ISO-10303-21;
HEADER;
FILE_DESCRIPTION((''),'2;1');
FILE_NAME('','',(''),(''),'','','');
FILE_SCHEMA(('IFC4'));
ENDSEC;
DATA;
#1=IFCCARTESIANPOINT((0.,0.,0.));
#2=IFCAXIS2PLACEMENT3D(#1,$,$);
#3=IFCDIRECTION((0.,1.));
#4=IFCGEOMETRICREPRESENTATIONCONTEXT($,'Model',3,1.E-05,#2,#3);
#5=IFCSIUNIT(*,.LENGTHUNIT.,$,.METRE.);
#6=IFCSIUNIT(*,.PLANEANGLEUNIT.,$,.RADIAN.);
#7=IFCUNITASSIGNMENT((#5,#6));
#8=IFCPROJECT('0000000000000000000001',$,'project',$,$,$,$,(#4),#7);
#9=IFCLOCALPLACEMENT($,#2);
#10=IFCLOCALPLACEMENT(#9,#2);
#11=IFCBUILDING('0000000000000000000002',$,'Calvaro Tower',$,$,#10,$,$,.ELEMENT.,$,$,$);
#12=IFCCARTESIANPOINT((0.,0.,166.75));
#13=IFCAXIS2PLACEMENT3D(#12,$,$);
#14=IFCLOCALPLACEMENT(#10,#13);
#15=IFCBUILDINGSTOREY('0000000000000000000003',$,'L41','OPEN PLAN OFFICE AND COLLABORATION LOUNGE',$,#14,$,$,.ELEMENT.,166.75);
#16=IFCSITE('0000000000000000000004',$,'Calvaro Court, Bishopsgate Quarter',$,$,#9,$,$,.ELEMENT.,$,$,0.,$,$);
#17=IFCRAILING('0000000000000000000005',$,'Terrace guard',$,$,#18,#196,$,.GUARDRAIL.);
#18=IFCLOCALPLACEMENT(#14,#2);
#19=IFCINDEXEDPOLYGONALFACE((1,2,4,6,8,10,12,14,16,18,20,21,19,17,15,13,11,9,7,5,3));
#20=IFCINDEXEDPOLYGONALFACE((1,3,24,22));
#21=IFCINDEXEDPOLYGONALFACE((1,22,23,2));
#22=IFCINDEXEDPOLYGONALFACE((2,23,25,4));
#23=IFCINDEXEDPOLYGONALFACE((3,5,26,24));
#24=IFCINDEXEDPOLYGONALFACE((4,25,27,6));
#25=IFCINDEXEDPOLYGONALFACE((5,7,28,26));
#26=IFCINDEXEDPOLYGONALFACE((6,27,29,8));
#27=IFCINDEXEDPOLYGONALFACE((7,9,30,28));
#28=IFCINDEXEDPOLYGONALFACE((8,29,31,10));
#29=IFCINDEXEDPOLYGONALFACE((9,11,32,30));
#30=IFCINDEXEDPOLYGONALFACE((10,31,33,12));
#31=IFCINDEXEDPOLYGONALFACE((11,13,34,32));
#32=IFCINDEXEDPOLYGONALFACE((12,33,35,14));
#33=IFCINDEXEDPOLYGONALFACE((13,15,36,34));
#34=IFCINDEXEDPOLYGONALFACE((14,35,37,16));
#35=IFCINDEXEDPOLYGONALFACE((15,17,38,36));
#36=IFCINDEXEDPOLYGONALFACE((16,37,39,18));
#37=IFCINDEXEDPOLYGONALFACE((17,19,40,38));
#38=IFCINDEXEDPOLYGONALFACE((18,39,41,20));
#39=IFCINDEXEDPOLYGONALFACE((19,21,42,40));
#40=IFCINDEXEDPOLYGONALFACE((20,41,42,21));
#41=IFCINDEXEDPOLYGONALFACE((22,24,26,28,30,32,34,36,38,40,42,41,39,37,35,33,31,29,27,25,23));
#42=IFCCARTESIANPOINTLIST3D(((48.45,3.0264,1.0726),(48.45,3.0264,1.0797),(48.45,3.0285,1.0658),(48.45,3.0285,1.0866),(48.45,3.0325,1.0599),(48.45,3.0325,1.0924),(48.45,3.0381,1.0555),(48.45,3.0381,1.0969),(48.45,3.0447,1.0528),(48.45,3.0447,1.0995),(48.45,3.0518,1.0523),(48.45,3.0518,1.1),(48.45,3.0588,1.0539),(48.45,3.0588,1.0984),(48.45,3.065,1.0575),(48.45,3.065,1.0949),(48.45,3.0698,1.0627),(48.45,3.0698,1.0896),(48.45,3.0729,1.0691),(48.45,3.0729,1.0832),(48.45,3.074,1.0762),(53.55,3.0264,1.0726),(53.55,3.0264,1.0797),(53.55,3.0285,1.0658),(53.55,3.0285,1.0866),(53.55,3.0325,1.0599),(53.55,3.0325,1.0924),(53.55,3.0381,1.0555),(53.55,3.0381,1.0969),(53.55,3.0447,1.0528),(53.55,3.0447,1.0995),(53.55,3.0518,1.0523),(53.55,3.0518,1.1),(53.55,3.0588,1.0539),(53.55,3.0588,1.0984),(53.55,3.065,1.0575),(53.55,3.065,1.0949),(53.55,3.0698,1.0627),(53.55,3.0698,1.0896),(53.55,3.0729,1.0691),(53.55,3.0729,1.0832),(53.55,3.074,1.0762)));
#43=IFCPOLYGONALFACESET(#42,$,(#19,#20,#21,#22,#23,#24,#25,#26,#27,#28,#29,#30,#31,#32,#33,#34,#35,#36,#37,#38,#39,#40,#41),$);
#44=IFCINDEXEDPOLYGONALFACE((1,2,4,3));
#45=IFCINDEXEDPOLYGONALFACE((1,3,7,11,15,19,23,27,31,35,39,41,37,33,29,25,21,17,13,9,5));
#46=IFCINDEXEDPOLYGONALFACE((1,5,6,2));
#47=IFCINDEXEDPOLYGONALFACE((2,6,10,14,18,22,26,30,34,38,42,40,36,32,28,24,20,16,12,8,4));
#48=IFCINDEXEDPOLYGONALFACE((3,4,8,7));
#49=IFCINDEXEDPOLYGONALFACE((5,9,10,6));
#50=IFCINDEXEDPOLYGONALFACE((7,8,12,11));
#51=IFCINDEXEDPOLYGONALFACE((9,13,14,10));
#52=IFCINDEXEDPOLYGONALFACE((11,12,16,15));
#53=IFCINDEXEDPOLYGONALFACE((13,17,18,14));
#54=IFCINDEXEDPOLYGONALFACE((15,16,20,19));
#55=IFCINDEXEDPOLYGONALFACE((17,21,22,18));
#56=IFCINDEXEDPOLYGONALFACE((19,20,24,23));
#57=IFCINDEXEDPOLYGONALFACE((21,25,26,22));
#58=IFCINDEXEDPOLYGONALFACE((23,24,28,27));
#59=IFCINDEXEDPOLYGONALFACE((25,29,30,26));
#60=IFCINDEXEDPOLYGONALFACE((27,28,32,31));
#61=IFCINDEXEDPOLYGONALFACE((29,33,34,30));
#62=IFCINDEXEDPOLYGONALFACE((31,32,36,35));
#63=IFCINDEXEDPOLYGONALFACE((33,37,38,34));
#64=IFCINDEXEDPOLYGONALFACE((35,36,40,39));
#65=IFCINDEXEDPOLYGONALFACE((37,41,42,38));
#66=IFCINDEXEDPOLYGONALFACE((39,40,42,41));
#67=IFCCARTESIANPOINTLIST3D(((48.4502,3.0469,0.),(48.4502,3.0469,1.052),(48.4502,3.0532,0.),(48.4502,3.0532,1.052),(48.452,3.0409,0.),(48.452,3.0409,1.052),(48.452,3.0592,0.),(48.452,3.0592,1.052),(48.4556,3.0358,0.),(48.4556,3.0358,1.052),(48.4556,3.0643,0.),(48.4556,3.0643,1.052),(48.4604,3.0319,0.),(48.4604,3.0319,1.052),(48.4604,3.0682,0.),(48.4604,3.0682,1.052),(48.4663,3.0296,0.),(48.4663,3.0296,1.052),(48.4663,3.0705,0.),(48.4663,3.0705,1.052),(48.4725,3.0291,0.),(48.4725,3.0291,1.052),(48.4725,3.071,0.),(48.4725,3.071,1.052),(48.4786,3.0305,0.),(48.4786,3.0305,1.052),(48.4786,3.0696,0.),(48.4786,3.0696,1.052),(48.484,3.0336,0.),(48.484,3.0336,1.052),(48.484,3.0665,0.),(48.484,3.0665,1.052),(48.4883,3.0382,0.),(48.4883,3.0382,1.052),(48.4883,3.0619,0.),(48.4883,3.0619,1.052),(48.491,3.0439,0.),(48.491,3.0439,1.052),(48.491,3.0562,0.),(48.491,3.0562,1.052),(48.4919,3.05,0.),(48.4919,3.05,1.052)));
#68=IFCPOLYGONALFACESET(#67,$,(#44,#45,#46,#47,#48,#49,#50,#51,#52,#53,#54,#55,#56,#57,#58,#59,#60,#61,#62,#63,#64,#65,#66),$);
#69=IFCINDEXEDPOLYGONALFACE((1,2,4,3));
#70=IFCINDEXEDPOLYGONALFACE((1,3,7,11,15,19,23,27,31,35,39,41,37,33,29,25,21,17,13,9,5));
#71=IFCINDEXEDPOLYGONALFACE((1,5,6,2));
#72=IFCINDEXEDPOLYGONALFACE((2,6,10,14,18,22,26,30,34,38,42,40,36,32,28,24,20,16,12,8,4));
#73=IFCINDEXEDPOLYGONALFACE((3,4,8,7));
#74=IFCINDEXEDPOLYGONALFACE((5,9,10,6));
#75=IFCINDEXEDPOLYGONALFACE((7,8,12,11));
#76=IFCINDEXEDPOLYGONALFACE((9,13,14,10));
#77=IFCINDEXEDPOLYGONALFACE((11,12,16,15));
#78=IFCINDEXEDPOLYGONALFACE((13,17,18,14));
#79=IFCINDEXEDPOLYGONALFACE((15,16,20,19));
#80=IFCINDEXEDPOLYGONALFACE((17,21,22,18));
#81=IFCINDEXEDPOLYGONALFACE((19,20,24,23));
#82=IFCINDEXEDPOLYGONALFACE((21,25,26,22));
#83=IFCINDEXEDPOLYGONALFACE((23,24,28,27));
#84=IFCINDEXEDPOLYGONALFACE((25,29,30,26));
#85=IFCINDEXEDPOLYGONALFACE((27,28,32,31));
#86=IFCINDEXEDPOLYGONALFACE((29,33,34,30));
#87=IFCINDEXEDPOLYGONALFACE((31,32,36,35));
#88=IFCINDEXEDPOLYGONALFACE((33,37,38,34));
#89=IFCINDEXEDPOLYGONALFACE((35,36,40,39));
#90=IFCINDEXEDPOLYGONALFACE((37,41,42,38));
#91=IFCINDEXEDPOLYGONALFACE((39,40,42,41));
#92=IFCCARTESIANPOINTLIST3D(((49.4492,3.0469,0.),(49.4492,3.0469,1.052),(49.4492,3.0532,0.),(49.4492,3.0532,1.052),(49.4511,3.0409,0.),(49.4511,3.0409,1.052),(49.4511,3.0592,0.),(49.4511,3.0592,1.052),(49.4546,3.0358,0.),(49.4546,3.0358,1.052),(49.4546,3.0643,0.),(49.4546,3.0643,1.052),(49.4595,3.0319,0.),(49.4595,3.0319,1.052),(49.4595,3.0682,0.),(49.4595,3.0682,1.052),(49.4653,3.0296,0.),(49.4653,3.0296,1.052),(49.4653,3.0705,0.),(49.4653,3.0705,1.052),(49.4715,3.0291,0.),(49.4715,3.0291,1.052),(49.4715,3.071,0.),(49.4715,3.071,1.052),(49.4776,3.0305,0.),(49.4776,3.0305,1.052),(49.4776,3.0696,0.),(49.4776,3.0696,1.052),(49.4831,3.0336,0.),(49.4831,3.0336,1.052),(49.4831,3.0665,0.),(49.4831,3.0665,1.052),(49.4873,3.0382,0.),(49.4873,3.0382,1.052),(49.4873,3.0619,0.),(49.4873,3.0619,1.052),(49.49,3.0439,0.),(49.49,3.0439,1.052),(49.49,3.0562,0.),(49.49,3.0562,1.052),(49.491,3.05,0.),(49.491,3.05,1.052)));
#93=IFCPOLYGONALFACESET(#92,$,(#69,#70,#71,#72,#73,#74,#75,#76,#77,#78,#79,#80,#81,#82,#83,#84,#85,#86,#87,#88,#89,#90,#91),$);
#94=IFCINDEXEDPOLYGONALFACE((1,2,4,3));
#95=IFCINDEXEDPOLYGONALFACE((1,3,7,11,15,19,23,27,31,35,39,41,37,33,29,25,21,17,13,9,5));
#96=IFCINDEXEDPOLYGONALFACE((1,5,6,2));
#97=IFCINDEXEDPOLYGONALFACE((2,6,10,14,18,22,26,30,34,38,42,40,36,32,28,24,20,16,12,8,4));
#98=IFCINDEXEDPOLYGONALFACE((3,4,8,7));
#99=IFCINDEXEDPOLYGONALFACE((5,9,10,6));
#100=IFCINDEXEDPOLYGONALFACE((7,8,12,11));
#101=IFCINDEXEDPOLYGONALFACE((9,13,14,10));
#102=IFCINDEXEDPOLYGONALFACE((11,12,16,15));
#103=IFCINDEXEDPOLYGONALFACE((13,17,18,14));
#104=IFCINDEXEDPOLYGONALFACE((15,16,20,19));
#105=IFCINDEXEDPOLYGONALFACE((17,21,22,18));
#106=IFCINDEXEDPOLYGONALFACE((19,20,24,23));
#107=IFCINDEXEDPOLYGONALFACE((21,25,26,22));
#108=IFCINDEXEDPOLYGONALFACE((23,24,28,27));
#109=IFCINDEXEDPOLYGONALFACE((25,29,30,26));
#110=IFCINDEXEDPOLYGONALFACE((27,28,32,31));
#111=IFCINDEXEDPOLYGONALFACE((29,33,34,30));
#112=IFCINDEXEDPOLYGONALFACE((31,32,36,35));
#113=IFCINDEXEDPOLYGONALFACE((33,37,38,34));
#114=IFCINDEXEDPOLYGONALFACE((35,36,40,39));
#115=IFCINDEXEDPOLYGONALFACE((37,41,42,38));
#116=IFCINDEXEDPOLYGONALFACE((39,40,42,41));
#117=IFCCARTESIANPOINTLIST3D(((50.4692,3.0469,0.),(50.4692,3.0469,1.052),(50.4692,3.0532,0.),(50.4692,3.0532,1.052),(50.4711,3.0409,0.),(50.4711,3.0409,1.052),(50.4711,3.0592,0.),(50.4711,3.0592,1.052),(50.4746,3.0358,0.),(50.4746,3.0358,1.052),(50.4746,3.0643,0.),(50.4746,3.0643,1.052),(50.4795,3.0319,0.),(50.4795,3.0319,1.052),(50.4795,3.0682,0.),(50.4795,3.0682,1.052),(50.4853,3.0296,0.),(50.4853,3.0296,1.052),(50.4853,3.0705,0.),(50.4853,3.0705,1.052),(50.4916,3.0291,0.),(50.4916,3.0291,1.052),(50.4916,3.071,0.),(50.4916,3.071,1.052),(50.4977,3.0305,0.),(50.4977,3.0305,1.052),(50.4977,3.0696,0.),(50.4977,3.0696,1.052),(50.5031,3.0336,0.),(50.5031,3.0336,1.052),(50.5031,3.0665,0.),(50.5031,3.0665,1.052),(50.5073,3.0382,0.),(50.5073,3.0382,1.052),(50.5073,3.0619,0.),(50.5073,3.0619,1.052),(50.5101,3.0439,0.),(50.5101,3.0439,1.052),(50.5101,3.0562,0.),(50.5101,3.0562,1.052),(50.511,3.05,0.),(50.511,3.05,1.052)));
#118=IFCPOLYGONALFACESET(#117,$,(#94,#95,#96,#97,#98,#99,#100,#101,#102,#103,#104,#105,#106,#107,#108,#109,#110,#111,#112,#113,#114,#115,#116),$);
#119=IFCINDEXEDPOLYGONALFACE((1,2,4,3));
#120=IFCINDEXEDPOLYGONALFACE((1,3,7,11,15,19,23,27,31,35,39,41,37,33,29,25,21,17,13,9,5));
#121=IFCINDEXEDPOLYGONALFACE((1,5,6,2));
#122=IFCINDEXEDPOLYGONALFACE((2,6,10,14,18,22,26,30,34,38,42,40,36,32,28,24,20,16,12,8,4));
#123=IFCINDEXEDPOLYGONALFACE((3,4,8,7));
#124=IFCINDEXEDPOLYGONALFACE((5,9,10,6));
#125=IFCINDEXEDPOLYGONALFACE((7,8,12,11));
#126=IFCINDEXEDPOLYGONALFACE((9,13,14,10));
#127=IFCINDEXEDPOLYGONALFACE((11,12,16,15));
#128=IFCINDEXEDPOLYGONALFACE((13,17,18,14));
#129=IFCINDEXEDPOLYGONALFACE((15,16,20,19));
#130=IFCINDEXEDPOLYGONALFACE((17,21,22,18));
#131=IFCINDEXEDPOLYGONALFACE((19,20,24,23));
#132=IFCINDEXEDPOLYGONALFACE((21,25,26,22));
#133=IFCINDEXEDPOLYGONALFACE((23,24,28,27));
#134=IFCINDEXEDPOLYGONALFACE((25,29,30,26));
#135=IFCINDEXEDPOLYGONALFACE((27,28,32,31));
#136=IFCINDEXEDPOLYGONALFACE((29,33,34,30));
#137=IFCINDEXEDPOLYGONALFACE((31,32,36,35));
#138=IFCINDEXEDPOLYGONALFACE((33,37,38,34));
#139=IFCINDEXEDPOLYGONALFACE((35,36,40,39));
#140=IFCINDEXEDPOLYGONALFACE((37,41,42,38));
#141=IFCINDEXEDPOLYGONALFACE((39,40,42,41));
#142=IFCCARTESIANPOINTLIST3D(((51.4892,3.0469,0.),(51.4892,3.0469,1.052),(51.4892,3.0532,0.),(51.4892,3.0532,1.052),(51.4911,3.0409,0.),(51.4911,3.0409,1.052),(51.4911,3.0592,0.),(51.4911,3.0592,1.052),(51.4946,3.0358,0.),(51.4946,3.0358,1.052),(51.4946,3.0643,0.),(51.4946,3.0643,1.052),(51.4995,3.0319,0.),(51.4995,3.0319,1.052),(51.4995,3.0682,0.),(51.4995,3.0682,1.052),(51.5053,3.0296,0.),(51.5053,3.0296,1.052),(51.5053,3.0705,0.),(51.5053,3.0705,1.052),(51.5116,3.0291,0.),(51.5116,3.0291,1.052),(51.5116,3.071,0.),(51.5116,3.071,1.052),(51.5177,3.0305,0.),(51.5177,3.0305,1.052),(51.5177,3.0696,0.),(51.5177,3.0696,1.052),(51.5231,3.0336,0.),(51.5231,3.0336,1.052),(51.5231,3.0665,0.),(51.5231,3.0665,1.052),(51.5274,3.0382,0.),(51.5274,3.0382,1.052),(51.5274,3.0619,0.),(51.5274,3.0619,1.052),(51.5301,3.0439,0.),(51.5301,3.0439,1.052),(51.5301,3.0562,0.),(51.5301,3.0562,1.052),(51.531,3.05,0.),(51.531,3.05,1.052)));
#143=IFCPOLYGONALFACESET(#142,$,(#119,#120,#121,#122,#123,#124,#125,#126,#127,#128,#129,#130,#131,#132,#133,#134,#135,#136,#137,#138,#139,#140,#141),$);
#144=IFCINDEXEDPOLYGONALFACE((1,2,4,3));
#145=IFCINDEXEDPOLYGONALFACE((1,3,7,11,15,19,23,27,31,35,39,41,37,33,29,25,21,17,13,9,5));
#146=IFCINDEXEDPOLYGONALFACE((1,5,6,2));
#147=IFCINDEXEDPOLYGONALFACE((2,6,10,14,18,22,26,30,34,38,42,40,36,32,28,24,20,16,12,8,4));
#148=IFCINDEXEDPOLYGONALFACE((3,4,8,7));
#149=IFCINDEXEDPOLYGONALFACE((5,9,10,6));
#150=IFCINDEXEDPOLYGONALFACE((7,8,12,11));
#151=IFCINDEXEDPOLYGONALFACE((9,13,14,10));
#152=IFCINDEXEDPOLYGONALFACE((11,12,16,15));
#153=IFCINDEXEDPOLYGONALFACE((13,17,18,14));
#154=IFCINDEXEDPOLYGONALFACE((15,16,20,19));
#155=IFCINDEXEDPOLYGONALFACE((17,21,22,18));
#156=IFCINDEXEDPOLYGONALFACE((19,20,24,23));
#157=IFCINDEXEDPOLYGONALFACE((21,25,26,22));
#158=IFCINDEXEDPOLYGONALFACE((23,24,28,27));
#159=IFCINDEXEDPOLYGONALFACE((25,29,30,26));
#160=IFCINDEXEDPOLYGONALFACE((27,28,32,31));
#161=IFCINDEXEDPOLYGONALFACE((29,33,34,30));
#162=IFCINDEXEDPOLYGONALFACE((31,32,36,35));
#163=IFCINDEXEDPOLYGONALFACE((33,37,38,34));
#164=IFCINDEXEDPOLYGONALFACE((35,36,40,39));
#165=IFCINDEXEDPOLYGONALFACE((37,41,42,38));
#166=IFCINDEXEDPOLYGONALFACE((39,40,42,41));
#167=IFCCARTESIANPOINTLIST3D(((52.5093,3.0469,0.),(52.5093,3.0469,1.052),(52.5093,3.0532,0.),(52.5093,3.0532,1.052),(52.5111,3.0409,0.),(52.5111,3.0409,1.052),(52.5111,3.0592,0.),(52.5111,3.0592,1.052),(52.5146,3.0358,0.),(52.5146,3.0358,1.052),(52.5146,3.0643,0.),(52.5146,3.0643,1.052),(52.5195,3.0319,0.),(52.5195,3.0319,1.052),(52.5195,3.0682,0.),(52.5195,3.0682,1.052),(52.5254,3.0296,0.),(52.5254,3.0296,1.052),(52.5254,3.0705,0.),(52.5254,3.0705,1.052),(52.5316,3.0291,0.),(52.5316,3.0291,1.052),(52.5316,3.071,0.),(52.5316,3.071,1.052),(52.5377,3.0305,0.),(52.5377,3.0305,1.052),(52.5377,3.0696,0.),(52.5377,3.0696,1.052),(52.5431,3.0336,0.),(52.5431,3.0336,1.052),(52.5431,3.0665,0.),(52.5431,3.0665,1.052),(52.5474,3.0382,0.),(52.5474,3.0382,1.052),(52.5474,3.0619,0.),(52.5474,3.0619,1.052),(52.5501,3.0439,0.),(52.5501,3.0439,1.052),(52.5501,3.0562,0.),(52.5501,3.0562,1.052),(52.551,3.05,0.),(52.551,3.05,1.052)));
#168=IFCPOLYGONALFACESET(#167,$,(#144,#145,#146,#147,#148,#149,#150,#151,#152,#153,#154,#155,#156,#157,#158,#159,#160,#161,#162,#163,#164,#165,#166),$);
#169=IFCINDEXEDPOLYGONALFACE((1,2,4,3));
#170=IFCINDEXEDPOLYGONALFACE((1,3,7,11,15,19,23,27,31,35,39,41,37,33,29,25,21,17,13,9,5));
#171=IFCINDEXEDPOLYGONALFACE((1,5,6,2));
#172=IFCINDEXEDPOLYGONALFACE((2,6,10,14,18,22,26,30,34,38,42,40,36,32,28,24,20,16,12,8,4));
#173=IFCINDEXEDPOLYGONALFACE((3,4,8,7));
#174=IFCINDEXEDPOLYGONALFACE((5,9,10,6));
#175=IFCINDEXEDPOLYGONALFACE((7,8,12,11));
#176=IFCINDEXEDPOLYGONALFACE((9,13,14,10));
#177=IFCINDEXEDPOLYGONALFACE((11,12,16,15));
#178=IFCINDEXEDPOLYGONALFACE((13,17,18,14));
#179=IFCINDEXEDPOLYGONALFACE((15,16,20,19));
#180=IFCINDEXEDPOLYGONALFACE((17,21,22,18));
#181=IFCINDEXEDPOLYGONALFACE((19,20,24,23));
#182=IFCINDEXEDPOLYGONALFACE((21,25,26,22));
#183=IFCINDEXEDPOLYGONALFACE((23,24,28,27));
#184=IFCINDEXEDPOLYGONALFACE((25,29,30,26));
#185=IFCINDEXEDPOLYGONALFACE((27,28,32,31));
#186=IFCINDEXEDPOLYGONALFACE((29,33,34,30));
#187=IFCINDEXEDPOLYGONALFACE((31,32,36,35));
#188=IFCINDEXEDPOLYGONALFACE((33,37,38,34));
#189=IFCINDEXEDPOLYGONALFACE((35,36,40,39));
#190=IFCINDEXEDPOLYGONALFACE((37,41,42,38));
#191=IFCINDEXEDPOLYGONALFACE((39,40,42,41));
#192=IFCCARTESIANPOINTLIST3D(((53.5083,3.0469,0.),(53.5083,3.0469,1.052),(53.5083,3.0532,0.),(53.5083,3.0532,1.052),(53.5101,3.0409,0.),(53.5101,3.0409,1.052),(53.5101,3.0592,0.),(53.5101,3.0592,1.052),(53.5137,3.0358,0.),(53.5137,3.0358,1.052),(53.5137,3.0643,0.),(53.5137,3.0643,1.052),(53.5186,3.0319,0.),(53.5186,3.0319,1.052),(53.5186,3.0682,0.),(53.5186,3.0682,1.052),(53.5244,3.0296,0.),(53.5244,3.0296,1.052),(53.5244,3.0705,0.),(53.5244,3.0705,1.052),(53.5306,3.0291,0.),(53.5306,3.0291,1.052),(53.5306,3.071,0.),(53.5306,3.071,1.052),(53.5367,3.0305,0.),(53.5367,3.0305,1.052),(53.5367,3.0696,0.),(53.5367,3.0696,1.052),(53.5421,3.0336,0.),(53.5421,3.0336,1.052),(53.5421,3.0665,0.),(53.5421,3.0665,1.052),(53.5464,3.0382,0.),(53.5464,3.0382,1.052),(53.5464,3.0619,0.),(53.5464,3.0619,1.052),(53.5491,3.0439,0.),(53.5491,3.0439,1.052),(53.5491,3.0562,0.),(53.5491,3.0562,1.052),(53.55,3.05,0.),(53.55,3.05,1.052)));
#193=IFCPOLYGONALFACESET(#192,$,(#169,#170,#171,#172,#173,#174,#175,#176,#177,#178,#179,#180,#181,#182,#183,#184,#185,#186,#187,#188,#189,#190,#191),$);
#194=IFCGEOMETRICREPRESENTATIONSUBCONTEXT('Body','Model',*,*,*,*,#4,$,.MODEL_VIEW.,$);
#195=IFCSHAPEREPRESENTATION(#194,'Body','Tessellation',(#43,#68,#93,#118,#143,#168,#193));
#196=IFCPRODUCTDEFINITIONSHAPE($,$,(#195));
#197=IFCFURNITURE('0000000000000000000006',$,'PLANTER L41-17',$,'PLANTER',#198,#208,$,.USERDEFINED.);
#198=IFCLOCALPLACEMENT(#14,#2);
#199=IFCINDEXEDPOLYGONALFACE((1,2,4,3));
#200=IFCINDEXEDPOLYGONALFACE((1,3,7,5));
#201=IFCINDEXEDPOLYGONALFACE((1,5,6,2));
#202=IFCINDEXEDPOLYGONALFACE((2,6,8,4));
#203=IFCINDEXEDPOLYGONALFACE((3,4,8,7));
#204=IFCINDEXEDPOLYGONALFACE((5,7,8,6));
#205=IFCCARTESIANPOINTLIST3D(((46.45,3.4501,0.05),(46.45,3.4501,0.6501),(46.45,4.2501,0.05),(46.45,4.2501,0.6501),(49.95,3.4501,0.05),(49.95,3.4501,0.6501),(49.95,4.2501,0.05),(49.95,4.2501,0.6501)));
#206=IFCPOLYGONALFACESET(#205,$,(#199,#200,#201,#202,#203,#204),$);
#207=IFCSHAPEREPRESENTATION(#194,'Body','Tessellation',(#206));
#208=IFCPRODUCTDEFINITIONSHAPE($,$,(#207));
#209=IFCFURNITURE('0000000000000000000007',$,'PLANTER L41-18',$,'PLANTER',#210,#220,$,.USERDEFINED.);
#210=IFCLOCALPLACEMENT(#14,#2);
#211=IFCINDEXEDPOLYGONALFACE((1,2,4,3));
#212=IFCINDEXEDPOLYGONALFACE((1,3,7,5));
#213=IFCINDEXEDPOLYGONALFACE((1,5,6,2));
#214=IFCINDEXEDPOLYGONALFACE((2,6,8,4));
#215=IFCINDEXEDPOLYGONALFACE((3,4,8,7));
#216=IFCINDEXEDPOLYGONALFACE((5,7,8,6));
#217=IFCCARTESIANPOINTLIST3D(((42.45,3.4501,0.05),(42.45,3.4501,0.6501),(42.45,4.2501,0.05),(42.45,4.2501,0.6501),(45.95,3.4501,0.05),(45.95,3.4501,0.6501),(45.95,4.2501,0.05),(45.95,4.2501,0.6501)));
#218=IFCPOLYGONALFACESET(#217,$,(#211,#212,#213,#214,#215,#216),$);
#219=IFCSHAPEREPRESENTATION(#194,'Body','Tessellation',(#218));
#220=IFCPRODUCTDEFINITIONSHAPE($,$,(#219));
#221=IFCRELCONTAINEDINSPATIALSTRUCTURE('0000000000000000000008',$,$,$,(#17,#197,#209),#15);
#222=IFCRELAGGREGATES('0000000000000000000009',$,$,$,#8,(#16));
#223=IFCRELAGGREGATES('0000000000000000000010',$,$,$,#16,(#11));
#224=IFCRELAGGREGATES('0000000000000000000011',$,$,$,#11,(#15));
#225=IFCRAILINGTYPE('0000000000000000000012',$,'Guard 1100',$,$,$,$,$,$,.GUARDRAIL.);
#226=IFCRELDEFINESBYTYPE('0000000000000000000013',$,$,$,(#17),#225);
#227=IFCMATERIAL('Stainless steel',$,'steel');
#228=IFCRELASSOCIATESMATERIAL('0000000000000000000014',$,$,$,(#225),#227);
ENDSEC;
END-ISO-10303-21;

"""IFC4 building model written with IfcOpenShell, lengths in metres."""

from ifc_helpers import new_model, si_unit, direction, frame, origin, origin_2d, place, context, subcontext, project, spatial, rectangle, circle, extrude, material, type_object, element, save


model = new_model("IFC4")

# Units and contexts
model_context = context("Model", 3, precision=1e-05, world=origin(), true_north=direction((0.0, 1.0)))
body_context = subcontext(model_context, "Body", "Model", "MODEL_VIEW")
ifc_project = project(units=[si_unit("LENGTHUNIT", "METRE"), si_unit("PLANEANGLEUNIT", "RADIAN")], contexts=[model_context])

# Site, building, storey
site_placement = place(None, origin())
site = spatial("IfcSite", under=ifc_project, at=site_placement, Name="Calvaro Court, Bishopsgate Quarter", CompositionType="ELEMENT", RefElevation=0.0)
building_placement = place(site_placement, origin())
building = spatial("IfcBuilding", under=site, at=building_placement, Name="Calvaro Tower", CompositionType="ELEMENT")
storey_placement = place(building_placement, frame((0.0, 0.0, 166.75)))
storey = spatial("IfcBuildingStorey", under=building, at=storey_placement, Name="L41", Description="OPEN PLAN OFFICE AND COLLABORATION LOUNGE", CompositionType="ELEMENT", Elevation=166.75)

# Railing
ifc_material_1 = material(Name="Stainless steel", Category="steel")
railing_type = type_object("IfcRailingType", Name="Guard 1100", PredefinedType="GUARDRAIL", material=ifc_material_1)
railing_placement = place(storey_placement, frame((48.45, 3.05, 0.0)))
element("IfcRailing", 1, at=railing_placement, inside=storey, type_object=railing_type, Name="Terrace guard", PredefinedType="GUARDRAIL", context=body_context, shape_type="SweptSolid", body=[
    extrude(circle(Radius=0.0239, at=origin_2d()), frame((0.0, 0.0, 1.0762), z_axis=(1.0, 0.0, 0.0), x_axis=(0.0, 1.0, 0.0)), (0.0, 0.0, 1.0), 5.1001),
    extrude(circle(Radius=0.021, at=origin_2d()), frame((0.021, 0.0, 0.0)), (0.0, 0.0, 1.0), 1.052),
    extrude(circle(Radius=0.021, at=origin_2d()), frame((1.02, 0.0, 0.0)), (0.0, 0.0, 1.0), 1.052),
    extrude(circle(Radius=0.021, at=origin_2d()), frame((2.04, 0.0, 0.0)), (0.0, 0.0, 1.0), 1.052),
    extrude(circle(Radius=0.021, at=origin_2d()), frame((3.0601, 0.0, 0.0)), (0.0, 0.0, 1.0), 1.052),
    extrude(circle(Radius=0.021, at=origin_2d()), frame((4.0801, 0.0, 0.0)), (0.0, 0.0, 1.0), 1.052),
    extrude(circle(Radius=0.021, at=origin_2d()), frame((5.0791, 0.0, 0.0)), (0.0, 0.0, 1.0), 1.052),
])

# Furniture
for number, where, z_axis, x_axis, name in (
    (2, (48.2, 3.8501, 0.05), (0.0, 0.0, 1.0), (1.0, 0.0, 0.0), "PLANTER L41-17"),
    (3, (44.2, 3.8501, 0.05), (0.0, 0.0, 1.0), (1.0, 0.0, 0.0), "PLANTER L41-18"),
):
    element("IfcFurniture", number, at=place(storey_placement, frame(where, z_axis=z_axis, x_axis=x_axis)), inside=storey, Name=name, ObjectType="PLANTER", PredefinedType="USERDEFINED", context=body_context, shape_type="SweptSolid", body=[
        extrude(rectangle(XDim=3.5, YDim=0.8, at=origin_2d()), origin(), (0.0, 0.0, 1.0), 0.6001),
    ])

save(model, "model.ifc")
